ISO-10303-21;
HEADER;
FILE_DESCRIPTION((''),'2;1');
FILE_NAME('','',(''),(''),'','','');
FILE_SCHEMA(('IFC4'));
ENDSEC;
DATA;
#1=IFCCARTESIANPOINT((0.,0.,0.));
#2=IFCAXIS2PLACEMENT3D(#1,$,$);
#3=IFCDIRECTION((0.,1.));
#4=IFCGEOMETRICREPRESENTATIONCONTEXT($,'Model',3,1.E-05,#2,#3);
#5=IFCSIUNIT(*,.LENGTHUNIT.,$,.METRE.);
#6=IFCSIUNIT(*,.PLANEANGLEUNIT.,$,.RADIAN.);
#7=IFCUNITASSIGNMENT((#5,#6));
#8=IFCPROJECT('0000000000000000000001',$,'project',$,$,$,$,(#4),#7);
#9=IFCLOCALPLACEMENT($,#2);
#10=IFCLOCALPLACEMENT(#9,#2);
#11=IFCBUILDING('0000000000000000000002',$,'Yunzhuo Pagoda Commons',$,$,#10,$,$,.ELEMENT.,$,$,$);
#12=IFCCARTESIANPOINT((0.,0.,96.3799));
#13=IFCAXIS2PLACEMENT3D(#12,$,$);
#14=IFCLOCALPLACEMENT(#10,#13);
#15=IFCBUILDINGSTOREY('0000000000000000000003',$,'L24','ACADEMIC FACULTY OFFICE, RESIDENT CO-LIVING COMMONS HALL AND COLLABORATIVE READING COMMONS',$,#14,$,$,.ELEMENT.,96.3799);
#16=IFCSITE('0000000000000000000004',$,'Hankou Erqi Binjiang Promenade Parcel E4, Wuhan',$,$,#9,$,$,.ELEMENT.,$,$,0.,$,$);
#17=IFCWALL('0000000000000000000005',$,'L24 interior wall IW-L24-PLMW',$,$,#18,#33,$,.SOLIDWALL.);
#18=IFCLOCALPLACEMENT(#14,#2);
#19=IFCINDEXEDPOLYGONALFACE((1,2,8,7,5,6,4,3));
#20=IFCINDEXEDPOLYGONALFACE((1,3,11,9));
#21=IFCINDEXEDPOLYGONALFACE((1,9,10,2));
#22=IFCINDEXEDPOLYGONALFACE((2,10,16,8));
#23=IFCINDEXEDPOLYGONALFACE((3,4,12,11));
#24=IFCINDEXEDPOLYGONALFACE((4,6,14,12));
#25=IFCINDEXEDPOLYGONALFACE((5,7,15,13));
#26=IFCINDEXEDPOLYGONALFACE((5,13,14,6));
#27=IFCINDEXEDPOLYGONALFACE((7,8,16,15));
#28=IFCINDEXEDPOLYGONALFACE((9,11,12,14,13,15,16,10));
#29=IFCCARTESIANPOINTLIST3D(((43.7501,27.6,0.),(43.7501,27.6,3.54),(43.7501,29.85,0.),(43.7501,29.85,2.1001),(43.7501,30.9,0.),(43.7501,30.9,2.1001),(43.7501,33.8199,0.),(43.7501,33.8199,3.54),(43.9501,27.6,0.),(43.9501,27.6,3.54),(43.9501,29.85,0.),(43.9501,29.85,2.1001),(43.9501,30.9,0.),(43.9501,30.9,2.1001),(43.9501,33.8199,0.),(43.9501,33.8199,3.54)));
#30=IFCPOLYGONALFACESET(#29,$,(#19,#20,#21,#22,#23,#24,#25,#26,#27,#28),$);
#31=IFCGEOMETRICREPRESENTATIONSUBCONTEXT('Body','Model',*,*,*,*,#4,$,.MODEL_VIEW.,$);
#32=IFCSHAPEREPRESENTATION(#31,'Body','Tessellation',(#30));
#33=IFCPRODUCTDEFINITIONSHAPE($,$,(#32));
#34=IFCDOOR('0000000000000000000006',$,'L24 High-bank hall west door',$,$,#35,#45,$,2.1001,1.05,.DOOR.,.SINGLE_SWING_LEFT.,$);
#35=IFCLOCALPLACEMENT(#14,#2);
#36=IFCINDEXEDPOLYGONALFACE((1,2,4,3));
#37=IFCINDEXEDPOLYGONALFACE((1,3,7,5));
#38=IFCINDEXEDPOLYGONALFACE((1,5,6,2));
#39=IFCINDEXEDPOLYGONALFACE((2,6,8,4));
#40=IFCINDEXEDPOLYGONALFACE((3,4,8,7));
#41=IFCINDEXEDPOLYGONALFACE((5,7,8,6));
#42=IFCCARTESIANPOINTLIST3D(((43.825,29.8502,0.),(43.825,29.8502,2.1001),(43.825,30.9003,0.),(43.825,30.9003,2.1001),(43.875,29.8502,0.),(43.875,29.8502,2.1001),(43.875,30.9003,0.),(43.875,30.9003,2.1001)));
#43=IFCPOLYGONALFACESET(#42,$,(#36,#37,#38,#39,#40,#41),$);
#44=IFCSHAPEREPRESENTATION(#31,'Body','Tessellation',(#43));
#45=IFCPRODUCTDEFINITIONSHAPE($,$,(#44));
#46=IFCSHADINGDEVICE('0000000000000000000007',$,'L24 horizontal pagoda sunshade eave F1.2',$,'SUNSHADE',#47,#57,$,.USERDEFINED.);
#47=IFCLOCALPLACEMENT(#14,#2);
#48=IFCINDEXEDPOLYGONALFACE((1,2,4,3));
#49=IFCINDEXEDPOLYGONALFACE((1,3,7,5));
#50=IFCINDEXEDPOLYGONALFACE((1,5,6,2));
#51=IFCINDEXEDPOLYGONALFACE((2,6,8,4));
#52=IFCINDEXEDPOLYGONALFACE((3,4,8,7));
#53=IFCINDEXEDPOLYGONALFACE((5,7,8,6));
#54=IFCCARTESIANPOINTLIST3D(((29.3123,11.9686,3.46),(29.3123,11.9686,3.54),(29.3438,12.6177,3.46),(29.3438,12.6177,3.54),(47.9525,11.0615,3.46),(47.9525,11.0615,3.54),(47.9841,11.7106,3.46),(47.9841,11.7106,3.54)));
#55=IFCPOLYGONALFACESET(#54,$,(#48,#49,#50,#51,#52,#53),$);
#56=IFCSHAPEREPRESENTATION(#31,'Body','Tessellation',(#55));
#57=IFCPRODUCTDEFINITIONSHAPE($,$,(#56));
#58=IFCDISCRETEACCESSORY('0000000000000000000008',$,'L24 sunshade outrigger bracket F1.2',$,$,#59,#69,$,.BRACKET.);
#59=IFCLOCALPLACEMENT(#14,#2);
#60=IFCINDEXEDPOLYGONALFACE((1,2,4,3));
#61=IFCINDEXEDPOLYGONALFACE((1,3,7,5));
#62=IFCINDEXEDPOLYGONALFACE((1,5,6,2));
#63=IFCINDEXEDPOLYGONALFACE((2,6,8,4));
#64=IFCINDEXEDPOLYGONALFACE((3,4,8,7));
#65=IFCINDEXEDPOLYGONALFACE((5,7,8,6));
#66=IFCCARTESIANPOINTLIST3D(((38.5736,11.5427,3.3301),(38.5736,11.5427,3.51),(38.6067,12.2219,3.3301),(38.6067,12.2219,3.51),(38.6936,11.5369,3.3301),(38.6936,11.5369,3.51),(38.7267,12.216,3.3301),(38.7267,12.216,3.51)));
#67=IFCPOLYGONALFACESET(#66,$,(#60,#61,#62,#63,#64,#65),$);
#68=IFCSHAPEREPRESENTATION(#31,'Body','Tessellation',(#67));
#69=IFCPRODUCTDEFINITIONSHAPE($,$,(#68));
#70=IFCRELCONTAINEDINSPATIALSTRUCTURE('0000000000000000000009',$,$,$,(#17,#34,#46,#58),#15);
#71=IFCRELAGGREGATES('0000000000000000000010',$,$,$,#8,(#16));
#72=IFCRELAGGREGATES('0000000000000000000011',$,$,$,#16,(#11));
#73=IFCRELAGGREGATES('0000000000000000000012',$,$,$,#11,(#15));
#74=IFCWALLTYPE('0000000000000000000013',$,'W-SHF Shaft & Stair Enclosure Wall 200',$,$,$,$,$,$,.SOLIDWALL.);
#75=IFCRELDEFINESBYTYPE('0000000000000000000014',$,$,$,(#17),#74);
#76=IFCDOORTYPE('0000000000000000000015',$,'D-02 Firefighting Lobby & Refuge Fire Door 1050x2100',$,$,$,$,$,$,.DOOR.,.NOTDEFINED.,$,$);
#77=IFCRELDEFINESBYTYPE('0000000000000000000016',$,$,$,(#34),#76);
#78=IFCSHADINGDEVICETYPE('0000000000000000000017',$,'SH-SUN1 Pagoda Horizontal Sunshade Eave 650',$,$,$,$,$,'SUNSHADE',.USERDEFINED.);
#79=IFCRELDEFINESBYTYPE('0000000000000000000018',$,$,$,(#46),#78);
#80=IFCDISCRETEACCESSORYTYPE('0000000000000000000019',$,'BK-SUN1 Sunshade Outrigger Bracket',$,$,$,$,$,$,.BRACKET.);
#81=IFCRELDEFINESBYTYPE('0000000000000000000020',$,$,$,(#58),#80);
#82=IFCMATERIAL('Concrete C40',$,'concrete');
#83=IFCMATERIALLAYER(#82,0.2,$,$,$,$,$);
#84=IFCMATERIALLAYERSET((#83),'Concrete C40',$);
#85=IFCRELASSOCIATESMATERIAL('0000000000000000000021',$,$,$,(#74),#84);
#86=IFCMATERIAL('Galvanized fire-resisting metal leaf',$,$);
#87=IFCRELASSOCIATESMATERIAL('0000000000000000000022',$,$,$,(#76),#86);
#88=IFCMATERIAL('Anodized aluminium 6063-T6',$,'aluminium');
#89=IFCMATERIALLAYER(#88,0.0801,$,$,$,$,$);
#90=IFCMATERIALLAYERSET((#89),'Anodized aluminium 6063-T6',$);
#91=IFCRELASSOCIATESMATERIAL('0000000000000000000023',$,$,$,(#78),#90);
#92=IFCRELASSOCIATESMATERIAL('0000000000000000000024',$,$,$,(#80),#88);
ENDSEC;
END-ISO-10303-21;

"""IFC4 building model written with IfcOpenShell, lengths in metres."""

from ifc_helpers import new_model, si_unit, direction, frame, frame_2d, origin, origin_2d, place, context, subcontext, project, spatial, rectangle, extrude, source, transform, mapped, material, layer, layer_set, type_object, element, fill, save


model = new_model("IFC4")

# Units and contexts
model_context = context("Model", 3, precision=1e-05, world=origin(), true_north=direction((0.0, 1.0)))
body_context = subcontext(model_context, "Body", "Model", "MODEL_VIEW")
ifc_project = project(units=[si_unit("LENGTHUNIT", "METRE"), si_unit("PLANEANGLEUNIT", "RADIAN")], contexts=[model_context])

# Site, building, storey
site_placement = place(None, origin())
site = spatial("IfcSite", under=ifc_project, at=site_placement, Name="Hankou Erqi Binjiang Promenade Parcel E4, Wuhan", CompositionType="ELEMENT", RefElevation=0.0)
building_placement = place(site_placement, origin())
building = spatial("IfcBuilding", under=site, at=building_placement, Name="Yunzhuo Pagoda Commons", CompositionType="ELEMENT")
storey_placement = place(building_placement, frame((0.0, 0.0, 96.3799)))
storey = spatial("IfcBuildingStorey", under=building, at=storey_placement, Name="L24", Description="ACADEMIC FACULTY OFFICE, RESIDENT CO-LIVING COMMONS HALL AND COLLABORATIVE READING COMMONS", CompositionType="ELEMENT", Elevation=96.3799)

# Shared definitions
ifc_material_1 = material(Name="Anodized aluminium 6063-T6", Category="aluminium")

# Shared definitions
ifc_material_2 = material(Name="Galvanized fire-resisting metal leaf")

# Wall, opening, door
ifc_material_3 = material(Name="Concrete C40", Category="concrete")
ifc_layer_1 = layer(ifc_material_3, 0.2)
ifc_layer_set_1 = layer_set([ifc_layer_1], Name="Concrete C40")
wall_type_1 = type_object("IfcWallType", Name="W-SHF Shaft & Stair Enclosure Wall 200", PredefinedType="SOLIDWALL", material=ifc_layer_set_1)
wall_1_placement = place(storey_placement, frame((43.8501, 27.6001, 0.0), z_axis=(0.0, 0.0, 1.0), x_axis=(0.0, 1.0, 0.0)))
wall_1 = element("IfcWall", 1, at=wall_1_placement, inside=storey, type_object=wall_type_1, Name="L24 interior wall IW-L24-PLMW", PredefinedType="SOLIDWALL", context=body_context, shape_type="SweptSolid", body=[
    extrude(rectangle(XDim=6.22, YDim=0.2, at=frame_2d((3.1099, 0.0))), origin(), (0.0, 0.0, 1.0), 3.54),
])
opening_1_placement = place(wall_1_placement, frame((2.25, 0.0, 0.0)))
opening_1 = element("IfcOpeningElement", 2, at=opening_1_placement, cuts=wall_1, PredefinedType="OPENING", context=body_context, shape_type="SweptSolid", body=[
    extrude(rectangle(XDim=1.05, YDim=2.1001, at=frame_2d((0.5249, 1.05))), frame((0.0, 0.1099, 0.0), z_axis=(0.0, -1.0, 0.0), x_axis=(1.0, 0.0, 0.0)), (0.0, 0.0, 1.0), 0.22),
])
door_type_1 = type_object("IfcDoorType", Name="D-02 Firefighting Lobby & Refuge Fire Door 1050x2100", OperationType="NOTDEFINED", PredefinedType="DOOR", material=ifc_material_2)
shared_shape_1 = source(origin(), body_context, "Body", "SweptSolid", [
    extrude(rectangle(XDim=1.05, YDim=2.1001, at=frame_2d((0.5249, 1.05))), frame((0.0, 0.0249, 0.0), z_axis=(0.0, -1.0, 0.0), x_axis=(1.0, 0.0, 0.0)), (0.0, 0.0, 1.0), 0.05),
])
door_1_placement = place(opening_1_placement, frame((1.05, 0.0, 0.0), z_axis=(0.0, 0.0, 1.0), x_axis=(-1.0, 0.0, 0.0)))
door_1 = element("IfcDoor", 3, at=door_1_placement, inside=storey, type_object=door_type_1, Name="L24 High-bank hall west door", OperationType="SINGLE_SWING_LEFT", OverallHeight=2.1001, OverallWidth=1.05, PredefinedType="DOOR", context=body_context, shape_type="MappedRepresentation", body=[
    mapped(shared_shape_1, transform((0.0, 0.0, 0.0), scale=1.0)),
])
fill(opening_1, door_1)

# Shading device
ifc_layer_2 = layer(ifc_material_1, 0.0801)
ifc_layer_set_2 = layer_set([ifc_layer_2], Name="Anodized aluminium 6063-T6")
shading_device_type = type_object("IfcShadingDeviceType", Name="SH-SUN1 Pagoda Horizontal Sunshade Eave 650", ElementType="SUNSHADE", PredefinedType="USERDEFINED", material=ifc_layer_set_2)
shared_shape_2 = source(origin(), body_context, "Body", "SweptSolid", [
    extrude(rectangle(XDim=18.6624, YDim=0.6499, at=origin_2d()), origin(), (0.0, 0.0, 1.0), 0.0801),
])
shading_device_placement = place(storey_placement, frame((38.6482, 11.8396, 3.46), z_axis=(0.0, 0.0, 1.0), x_axis=(0.998818, -0.048606, 0.0)))
element("IfcShadingDevice", 4, at=shading_device_placement, inside=storey, type_object=shading_device_type, Name="L24 horizontal pagoda sunshade eave F1.2", ObjectType="SUNSHADE", PredefinedType="USERDEFINED", context=body_context, shape_type="MappedRepresentation", body=[
    mapped(shared_shape_2, transform((0.0, 0.0, 0.0), scale=1.0)),
])

# Discrete accessory
discrete_accessory_type = type_object("IfcDiscreteAccessoryType", Name="BK-SUN1 Sunshade Outrigger Bracket", PredefinedType="BRACKET", material=ifc_material_1)
shared_shape_3 = source(origin(), body_context, "Body", "SweptSolid", [
    extrude(rectangle(XDim=0.1201, YDim=0.6799, at=origin_2d()), origin(), (0.0, 0.0, 1.0), 0.1799),
])
discrete_accessory_placement = place(storey_placement, frame((38.6501, 11.8794, 3.3301), z_axis=(0.0, 0.0, 1.0), x_axis=(0.998818, -0.048606, 0.0)))
element("IfcDiscreteAccessory", 5, at=discrete_accessory_placement, inside=storey, type_object=discrete_accessory_type, Name="L24 sunshade outrigger bracket F1.2", PredefinedType="BRACKET", context=body_context, shape_type="MappedRepresentation", body=[
    mapped(shared_shape_3, transform((0.0, 0.0, 0.0), scale=1.0)),
])

save(model, "model.ifc")
